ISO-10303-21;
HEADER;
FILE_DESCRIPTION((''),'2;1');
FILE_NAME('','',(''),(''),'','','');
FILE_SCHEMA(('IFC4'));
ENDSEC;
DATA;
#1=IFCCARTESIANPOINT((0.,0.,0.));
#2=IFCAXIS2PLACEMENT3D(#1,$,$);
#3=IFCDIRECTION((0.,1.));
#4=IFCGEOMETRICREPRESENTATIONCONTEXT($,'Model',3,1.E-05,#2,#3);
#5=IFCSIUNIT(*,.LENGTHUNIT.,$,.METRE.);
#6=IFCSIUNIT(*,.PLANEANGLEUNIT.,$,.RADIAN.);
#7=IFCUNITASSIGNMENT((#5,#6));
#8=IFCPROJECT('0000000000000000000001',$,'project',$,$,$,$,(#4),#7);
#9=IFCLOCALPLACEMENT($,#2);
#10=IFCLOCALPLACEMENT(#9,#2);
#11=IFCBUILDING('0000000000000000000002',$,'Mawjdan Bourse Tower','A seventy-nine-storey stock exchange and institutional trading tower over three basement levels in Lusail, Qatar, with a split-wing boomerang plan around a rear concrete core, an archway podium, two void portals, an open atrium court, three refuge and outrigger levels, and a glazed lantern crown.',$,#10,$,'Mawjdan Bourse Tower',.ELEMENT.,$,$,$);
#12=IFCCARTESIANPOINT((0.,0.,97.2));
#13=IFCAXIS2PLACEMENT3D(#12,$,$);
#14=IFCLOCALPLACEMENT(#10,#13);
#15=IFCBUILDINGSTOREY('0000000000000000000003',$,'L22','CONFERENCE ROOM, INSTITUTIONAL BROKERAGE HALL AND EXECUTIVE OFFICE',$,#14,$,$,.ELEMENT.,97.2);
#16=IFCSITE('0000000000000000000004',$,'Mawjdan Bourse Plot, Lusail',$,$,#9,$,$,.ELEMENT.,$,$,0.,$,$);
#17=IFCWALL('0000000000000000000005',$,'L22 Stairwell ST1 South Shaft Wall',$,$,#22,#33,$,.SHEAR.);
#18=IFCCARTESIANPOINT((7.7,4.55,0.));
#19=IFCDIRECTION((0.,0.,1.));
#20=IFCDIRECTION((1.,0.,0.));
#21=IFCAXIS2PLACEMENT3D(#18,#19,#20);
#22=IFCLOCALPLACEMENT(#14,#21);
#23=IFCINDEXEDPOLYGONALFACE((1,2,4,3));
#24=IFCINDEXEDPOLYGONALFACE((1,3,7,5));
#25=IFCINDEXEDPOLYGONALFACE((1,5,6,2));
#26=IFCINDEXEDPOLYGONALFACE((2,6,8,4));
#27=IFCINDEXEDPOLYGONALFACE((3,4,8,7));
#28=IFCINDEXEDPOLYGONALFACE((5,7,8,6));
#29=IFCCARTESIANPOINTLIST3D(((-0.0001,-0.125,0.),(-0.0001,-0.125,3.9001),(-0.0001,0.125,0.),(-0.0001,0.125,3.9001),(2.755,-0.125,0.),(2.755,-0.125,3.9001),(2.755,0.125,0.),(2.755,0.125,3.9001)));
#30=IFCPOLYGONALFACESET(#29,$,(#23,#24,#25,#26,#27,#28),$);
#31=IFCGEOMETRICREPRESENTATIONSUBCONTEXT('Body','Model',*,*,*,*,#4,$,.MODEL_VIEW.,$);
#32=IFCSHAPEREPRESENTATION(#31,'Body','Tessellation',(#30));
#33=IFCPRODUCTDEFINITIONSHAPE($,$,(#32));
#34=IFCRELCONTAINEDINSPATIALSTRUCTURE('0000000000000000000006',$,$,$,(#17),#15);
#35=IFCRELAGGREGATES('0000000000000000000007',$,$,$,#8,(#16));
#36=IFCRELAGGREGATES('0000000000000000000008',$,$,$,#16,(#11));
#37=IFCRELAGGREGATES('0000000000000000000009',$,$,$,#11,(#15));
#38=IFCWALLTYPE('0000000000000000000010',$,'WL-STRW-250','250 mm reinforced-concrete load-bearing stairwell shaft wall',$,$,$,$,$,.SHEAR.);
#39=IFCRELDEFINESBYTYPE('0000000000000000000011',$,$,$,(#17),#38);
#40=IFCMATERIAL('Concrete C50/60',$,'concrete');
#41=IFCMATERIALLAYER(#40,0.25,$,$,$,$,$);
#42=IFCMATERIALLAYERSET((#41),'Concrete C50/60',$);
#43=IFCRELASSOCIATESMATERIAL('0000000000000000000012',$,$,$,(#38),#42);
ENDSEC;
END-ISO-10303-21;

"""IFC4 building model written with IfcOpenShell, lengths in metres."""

from ifc_helpers import new_model, si_unit, direction, frame, frame_2d, origin, place, context, subcontext, project, spatial, rectangle, extrude, material, layer, layer_set, type_object, element, save


model = new_model("IFC4")

# Units and contexts
model_context = context("Model", 3, precision=1e-05, world=origin(), true_north=direction((0.0, 1.0)))
body_context = subcontext(model_context, "Body", "Model", "MODEL_VIEW")
ifc_project = project(units=[si_unit("LENGTHUNIT", "METRE"), si_unit("PLANEANGLEUNIT", "RADIAN")], contexts=[model_context])

# Site, building, storey
site_placement = place(None, origin())
site = spatial("IfcSite", under=ifc_project, at=site_placement, Name="Mawjdan Bourse Plot, Lusail", CompositionType="ELEMENT", RefElevation=0.0)
building_placement = place(site_placement, origin())
building = spatial("IfcBuilding", under=site, at=building_placement, Name="Mawjdan Bourse Tower", Description="A seventy-nine-storey stock exchange and institutional trading tower over three basement levels in Lusail, Qatar, with a split-wing boomerang plan around a rear concrete core, an archway podium, two void portals, an open atrium court, three refuge and outrigger levels, and a glazed lantern crown.", LongName="Mawjdan Bourse Tower", CompositionType="ELEMENT")
storey_placement = place(building_placement, frame((0.0, 0.0, 97.2)))
storey = spatial("IfcBuildingStorey", under=building, at=storey_placement, Name="L22", Description="CONFERENCE ROOM, INSTITUTIONAL BROKERAGE HALL AND EXECUTIVE OFFICE", CompositionType="ELEMENT", Elevation=97.2)

# Shared definitions
ifc_material_1 = material(Name="Concrete C50/60", Category="concrete")

# Wall
ifc_layer_1 = layer(ifc_material_1, 0.25)
ifc_layer_set_1 = layer_set([ifc_layer_1], Name="Concrete C50/60")
wall_type_1 = type_object("IfcWallType", Name="WL-STRW-250", Description="250 mm reinforced-concrete load-bearing stairwell shaft wall", PredefinedType="SHEAR", material=ifc_layer_set_1)
wall_1_placement = place(storey_placement, frame((7.7, 4.55, 0.0), z_axis=(0.0, 0.0, 1.0), x_axis=(1.0, 0.0, 0.0)))
element("IfcWall", 1, at=wall_1_placement, inside=storey, type_object=wall_type_1, Name="L22 Stairwell ST1 South Shaft Wall", PredefinedType="SHEAR", context=body_context, shape_type="SweptSolid", body=[
    extrude(rectangle(XDim=2.7551, YDim=0.25, at=frame_2d((1.3774, 0.0))), origin(), (0.0, 0.0, 1.0), 3.9001),
])

save(model, "model.ifc")
